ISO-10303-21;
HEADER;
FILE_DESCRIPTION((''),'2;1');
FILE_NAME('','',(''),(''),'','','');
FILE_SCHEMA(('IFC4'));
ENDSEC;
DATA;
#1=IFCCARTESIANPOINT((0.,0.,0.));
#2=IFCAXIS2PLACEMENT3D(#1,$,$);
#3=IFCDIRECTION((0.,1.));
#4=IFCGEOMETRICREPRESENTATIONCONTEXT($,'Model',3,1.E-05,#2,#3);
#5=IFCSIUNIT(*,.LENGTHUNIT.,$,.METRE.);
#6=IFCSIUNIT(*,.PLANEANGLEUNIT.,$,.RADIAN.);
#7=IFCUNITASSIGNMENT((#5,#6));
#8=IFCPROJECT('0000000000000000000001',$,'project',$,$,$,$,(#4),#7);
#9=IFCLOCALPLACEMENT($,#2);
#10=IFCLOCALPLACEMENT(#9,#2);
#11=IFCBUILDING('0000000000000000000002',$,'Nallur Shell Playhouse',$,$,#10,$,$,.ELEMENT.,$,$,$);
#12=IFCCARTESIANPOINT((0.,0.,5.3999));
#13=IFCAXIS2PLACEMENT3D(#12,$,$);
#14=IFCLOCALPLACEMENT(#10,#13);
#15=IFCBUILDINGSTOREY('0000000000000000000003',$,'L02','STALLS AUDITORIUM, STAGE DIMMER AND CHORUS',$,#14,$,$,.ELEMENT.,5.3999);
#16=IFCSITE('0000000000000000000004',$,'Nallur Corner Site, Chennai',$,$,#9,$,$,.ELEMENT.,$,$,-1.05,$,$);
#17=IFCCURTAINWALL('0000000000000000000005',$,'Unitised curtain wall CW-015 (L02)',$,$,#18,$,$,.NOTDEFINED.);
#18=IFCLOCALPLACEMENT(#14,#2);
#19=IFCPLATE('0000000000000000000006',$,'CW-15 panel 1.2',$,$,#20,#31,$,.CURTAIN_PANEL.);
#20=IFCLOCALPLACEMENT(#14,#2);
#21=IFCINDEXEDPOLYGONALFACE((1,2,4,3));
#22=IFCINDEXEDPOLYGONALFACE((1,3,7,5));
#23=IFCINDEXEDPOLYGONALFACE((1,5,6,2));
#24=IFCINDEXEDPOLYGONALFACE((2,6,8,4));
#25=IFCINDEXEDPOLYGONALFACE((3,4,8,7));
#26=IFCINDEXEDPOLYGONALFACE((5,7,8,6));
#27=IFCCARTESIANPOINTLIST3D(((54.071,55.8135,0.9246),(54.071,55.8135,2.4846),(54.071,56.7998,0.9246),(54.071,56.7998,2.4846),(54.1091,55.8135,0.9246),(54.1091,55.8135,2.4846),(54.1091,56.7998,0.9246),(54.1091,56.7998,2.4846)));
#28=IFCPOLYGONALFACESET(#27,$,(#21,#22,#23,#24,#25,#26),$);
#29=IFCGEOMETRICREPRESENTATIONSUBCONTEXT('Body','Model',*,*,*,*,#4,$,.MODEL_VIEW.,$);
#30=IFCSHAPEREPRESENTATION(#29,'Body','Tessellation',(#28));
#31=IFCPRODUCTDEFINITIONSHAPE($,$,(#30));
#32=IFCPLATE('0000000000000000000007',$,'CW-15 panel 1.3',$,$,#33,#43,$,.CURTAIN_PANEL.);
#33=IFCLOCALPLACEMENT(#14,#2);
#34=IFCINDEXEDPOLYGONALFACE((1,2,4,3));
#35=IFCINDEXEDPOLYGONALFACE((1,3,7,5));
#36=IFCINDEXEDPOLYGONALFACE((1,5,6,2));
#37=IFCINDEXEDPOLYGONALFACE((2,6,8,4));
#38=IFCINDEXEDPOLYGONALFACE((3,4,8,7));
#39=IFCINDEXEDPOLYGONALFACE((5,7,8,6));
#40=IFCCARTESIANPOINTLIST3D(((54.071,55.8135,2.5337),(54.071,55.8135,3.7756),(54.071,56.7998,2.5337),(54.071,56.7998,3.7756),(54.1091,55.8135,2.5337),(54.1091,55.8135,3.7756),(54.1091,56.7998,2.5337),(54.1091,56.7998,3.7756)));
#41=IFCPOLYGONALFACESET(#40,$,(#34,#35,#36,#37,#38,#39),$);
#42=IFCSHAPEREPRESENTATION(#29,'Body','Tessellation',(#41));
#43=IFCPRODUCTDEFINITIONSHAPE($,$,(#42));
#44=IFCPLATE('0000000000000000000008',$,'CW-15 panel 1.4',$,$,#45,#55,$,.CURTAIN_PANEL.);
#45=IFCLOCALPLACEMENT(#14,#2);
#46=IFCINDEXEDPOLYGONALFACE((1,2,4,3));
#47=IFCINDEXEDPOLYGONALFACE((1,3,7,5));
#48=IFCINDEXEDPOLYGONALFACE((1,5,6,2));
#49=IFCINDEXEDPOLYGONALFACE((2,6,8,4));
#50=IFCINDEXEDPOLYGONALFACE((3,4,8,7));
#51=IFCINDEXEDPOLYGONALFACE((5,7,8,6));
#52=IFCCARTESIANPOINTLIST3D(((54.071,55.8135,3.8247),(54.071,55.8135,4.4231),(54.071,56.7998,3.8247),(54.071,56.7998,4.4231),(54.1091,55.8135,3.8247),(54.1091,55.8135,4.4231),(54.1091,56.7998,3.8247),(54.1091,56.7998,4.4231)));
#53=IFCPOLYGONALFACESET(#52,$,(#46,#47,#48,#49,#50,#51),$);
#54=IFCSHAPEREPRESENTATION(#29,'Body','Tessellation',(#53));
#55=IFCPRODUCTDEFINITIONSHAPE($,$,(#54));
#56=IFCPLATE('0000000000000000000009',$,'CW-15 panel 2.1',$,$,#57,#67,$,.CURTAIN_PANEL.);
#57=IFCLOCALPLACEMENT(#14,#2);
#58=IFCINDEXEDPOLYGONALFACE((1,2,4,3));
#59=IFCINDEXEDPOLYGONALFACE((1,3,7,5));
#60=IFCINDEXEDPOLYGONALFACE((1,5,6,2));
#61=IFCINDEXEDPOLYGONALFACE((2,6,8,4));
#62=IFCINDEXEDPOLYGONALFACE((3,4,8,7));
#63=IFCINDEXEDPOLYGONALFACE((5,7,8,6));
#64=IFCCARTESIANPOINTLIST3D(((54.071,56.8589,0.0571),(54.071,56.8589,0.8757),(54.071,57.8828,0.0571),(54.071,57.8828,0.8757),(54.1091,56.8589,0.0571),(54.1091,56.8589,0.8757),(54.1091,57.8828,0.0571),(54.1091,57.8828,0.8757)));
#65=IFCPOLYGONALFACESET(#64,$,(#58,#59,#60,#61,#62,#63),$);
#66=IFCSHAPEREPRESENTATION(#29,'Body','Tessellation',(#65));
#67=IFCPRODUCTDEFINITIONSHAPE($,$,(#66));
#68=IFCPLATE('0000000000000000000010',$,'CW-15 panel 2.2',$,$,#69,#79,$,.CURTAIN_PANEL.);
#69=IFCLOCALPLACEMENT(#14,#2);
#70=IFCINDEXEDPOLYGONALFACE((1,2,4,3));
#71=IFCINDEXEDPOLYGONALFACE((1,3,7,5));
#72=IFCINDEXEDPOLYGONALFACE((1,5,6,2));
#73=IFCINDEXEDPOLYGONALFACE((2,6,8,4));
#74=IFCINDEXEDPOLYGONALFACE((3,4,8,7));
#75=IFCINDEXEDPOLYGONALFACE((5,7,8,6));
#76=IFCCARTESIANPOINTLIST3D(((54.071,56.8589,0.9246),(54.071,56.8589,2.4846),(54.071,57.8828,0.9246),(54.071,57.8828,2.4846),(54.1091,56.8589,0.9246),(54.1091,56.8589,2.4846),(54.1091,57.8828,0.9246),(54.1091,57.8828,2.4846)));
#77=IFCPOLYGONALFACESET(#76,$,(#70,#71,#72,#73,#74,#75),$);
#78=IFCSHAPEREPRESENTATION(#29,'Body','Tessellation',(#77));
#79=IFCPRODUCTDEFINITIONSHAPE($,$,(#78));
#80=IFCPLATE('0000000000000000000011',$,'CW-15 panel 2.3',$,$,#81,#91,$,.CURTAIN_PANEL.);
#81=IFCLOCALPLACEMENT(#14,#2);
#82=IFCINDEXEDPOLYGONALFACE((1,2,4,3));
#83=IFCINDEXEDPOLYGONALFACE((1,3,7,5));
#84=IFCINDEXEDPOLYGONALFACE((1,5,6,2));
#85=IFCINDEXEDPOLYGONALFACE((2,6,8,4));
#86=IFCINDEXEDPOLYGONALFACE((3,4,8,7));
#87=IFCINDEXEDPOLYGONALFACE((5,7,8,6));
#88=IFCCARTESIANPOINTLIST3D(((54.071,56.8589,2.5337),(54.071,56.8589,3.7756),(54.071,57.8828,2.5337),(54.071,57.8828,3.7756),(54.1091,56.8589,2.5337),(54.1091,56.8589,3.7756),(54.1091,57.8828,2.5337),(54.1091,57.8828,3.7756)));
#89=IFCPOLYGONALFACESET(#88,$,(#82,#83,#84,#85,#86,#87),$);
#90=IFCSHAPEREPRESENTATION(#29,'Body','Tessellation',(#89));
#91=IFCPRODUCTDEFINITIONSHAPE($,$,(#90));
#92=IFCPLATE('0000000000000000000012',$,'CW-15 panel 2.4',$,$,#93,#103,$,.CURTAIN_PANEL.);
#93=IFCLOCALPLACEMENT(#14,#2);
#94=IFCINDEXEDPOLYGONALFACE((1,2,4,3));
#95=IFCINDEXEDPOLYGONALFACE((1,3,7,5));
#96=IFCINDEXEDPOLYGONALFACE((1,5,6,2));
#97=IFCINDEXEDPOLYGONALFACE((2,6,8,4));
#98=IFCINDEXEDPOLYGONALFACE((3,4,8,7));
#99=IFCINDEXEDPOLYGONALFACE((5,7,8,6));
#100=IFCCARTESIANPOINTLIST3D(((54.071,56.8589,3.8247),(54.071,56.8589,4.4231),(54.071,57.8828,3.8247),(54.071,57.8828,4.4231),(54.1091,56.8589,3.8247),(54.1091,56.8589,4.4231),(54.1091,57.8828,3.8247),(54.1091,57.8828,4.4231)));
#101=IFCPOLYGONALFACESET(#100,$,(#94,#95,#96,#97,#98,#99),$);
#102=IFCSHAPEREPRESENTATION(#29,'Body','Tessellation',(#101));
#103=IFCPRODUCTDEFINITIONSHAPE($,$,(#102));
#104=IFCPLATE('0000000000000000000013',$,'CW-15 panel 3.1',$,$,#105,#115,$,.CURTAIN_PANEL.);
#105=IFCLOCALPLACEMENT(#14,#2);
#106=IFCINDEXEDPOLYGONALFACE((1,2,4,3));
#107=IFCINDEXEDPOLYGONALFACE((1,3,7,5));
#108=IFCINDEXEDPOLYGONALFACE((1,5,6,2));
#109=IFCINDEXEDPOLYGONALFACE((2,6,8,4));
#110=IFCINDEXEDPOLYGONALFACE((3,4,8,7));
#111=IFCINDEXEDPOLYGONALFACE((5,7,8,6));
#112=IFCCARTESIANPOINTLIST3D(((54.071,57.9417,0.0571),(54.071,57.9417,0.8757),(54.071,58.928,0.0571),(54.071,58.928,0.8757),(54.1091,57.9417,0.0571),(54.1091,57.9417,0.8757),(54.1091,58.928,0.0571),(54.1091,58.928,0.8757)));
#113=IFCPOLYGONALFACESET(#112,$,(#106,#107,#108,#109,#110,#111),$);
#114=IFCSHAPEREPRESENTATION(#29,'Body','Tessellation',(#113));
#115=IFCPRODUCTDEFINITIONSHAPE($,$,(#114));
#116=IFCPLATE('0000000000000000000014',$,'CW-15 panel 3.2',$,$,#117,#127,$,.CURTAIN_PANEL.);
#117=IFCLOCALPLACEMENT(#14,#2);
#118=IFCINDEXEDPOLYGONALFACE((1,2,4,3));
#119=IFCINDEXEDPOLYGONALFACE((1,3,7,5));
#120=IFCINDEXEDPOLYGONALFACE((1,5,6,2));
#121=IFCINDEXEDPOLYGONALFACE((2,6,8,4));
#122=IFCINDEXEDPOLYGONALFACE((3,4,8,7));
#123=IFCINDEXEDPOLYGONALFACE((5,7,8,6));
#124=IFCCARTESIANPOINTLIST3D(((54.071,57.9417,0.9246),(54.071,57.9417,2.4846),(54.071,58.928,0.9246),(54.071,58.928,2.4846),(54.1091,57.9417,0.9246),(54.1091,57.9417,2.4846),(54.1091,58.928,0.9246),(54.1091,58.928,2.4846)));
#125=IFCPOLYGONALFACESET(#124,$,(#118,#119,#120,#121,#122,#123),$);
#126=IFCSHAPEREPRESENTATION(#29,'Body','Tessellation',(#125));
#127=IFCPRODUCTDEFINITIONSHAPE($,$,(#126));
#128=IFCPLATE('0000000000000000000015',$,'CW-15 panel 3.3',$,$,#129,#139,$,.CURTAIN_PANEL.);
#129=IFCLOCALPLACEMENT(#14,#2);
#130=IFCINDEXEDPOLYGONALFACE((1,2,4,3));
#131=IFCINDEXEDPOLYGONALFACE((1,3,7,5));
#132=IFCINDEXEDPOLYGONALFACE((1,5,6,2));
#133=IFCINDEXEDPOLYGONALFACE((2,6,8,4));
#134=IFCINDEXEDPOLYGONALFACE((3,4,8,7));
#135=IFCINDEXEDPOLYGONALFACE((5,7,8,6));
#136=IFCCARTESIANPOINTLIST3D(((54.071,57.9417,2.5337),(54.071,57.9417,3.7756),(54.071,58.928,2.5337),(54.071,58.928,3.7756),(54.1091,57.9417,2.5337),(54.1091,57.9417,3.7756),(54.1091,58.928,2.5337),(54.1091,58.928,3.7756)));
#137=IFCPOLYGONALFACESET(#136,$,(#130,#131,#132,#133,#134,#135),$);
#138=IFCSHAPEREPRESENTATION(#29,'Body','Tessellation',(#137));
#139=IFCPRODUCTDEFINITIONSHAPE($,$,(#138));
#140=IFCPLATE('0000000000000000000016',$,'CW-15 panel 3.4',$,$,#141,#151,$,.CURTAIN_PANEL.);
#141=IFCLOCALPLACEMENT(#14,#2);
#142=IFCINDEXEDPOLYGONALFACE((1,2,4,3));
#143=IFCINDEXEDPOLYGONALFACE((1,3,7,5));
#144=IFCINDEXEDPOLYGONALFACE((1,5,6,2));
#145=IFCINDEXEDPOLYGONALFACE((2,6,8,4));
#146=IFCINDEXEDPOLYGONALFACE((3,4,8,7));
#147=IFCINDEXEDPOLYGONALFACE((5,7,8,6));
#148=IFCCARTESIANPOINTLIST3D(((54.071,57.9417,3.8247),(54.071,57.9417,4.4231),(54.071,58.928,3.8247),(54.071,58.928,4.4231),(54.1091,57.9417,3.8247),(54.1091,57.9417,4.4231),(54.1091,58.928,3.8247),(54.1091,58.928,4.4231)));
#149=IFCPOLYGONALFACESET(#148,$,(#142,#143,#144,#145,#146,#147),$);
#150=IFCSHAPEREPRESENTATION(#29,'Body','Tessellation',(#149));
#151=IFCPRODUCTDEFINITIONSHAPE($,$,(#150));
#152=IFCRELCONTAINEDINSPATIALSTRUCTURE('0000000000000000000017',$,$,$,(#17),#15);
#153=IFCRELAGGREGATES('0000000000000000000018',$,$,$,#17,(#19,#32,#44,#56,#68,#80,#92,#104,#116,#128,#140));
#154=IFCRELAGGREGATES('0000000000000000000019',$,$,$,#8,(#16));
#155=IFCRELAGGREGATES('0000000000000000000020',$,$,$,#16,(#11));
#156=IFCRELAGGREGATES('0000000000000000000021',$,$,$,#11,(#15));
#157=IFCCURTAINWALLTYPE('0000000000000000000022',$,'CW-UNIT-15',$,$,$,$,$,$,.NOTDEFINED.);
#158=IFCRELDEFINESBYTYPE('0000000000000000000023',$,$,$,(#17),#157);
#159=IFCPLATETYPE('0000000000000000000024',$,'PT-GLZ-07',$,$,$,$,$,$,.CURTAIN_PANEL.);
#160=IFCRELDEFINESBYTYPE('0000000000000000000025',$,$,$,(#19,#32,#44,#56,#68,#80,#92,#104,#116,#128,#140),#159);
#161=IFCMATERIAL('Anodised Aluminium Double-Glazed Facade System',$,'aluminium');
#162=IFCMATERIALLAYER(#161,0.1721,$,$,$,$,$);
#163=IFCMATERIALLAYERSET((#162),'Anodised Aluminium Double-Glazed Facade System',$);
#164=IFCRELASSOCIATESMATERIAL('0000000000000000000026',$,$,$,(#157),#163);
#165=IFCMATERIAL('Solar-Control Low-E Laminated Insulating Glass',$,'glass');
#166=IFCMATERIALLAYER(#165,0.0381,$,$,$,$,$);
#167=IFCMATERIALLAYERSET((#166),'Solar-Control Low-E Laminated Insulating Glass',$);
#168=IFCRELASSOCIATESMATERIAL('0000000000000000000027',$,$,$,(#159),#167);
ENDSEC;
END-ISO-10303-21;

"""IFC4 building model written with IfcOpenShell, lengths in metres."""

from ifc_helpers import new_model, si_unit, direction, frame, origin, origin_2d, place, context, subcontext, project, spatial, rectangle, extrude, material, layer, layer_set, type_object, element, aggregate, save


model = new_model("IFC4")

# Units and contexts
model_context = context("Model", 3, precision=1e-05, world=origin(), true_north=direction((0.0, 1.0)))
body_context = subcontext(model_context, "Body", "Model", "MODEL_VIEW")
ifc_project = project(units=[si_unit("LENGTHUNIT", "METRE"), si_unit("PLANEANGLEUNIT", "RADIAN")], contexts=[model_context])

# Site, building, storey
site_placement = place(None, origin())
site = spatial("IfcSite", under=ifc_project, at=site_placement, Name="Nallur Corner Site, Chennai", CompositionType="ELEMENT", RefElevation=-1.05)
building_placement = place(site_placement, origin())
building = spatial("IfcBuilding", under=site, at=building_placement, Name="Nallur Shell Playhouse", CompositionType="ELEMENT")
storey_placement = place(building_placement, frame((0.0, 0.0, 5.3999)))
storey = spatial("IfcBuildingStorey", under=building, at=storey_placement, Name="L02", Description="STALLS AUDITORIUM, STAGE DIMMER AND CHORUS", CompositionType="ELEMENT", Elevation=5.3999)

# Shared definitions
ifc_material_1 = material(Name="Anodised Aluminium Double-Glazed Facade System", Category="aluminium")

# Curtain wall
ifc_layer_1 = layer(ifc_material_1, 0.1721)
ifc_layer_set_1 = layer_set([ifc_layer_1], Name="Anodised Aluminium Double-Glazed Facade System")
curtain_wall_type_1 = type_object("IfcCurtainWallType", Name="CW-UNIT-15", PredefinedType="NOTDEFINED", material=ifc_layer_set_1)
curtain_wall_1_placement = place(storey_placement, origin())
curtain_wall_1 = element("IfcCurtainWall", 1, at=curtain_wall_1_placement, inside=storey, type_object=curtain_wall_type_1, Name="Unitised curtain wall CW-015 (L02)", PredefinedType="NOTDEFINED")

# Plates
ifc_material_2 = material(Name="Solar-Control Low-E Laminated Insulating Glass", Category="glass")
ifc_layer_2 = layer(ifc_material_2, 0.0381)
ifc_layer_set_2 = layer_set([ifc_layer_2], Name="Solar-Control Low-E Laminated Insulating Glass")
plate_type_1 = type_object("IfcPlateType", Name="PT-GLZ-07", PredefinedType="CURTAIN_PANEL", material=ifc_layer_set_2)
plate_1_placement = place(storey_placement, frame((54.0901, 56.3066, 0.9246), z_axis=(0.0, 0.0, 1.0), x_axis=(0.0, 1.0, 0.0)))
plate_1 = element("IfcPlate", 2, at=plate_1_placement, type_object=plate_type_1, Name="CW-15 panel 1.2", PredefinedType="CURTAIN_PANEL", context=body_context, shape_type="SweptSolid", body=[
    extrude(rectangle(XDim=0.9863, YDim=0.0381, at=origin_2d()), origin(), (0.0, 0.0, 1.0), 1.5601),
])
plate_2_placement = place(storey_placement, frame((54.0901, 56.3066, 2.5337), z_axis=(0.0, 0.0, 1.0), x_axis=(0.0, 1.0, 0.0)))
plate_2 = element("IfcPlate", 3, at=plate_2_placement, type_object=plate_type_1, Name="CW-15 panel 1.3", PredefinedType="CURTAIN_PANEL", context=body_context, shape_type="SweptSolid", body=[
    extrude(rectangle(XDim=0.9863, YDim=0.0381, at=origin_2d()), origin(), (0.0, 0.0, 1.0), 1.2419),
])
plate_3_placement = place(storey_placement, frame((54.0901, 56.3066, 3.8247), z_axis=(0.0, 0.0, 1.0), x_axis=(0.0, 1.0, 0.0)))
plate_3 = element("IfcPlate", 4, at=plate_3_placement, type_object=plate_type_1, Name="CW-15 panel 1.4", PredefinedType="CURTAIN_PANEL", context=body_context, shape_type="SweptSolid", body=[
    extrude(rectangle(XDim=0.9863, YDim=0.0381, at=origin_2d()), origin(), (0.0, 0.0, 1.0), 0.5984),
])
plate_4_placement = place(storey_placement, frame((54.0901, 57.3708, 0.0571), z_axis=(0.0, 0.0, 1.0), x_axis=(0.0, 1.0, 0.0)))
plate_4 = element("IfcPlate", 5, at=plate_4_placement, type_object=plate_type_1, Name="CW-15 panel 2.1", PredefinedType="CURTAIN_PANEL", context=body_context, shape_type="SweptSolid", body=[
    extrude(rectangle(XDim=1.0239, YDim=0.0381, at=origin_2d()), origin(), (0.0, 0.0, 1.0), 0.8186),
])
plate_5_placement = place(storey_placement, frame((54.0901, 57.3708, 0.9246), z_axis=(0.0, 0.0, 1.0), x_axis=(0.0, 1.0, 0.0)))
plate_5 = element("IfcPlate", 6, at=plate_5_placement, type_object=plate_type_1, Name="CW-15 panel 2.2", PredefinedType="CURTAIN_PANEL", context=body_context, shape_type="SweptSolid", body=[
    extrude(rectangle(XDim=1.0239, YDim=0.0381, at=origin_2d()), origin(), (0.0, 0.0, 1.0), 1.5601),
])
plate_6_placement = place(storey_placement, frame((54.0901, 57.3708, 2.5337), z_axis=(0.0, 0.0, 1.0), x_axis=(0.0, 1.0, 0.0)))
plate_6 = element("IfcPlate", 7, at=plate_6_placement, type_object=plate_type_1, Name="CW-15 panel 2.3", PredefinedType="CURTAIN_PANEL", context=body_context, shape_type="SweptSolid", body=[
    extrude(rectangle(XDim=1.0239, YDim=0.0381, at=origin_2d()), origin(), (0.0, 0.0, 1.0), 1.2419),
])
plate_7_placement = place(storey_placement, frame((54.0901, 57.3708, 3.8247), z_axis=(0.0, 0.0, 1.0), x_axis=(0.0, 1.0, 0.0)))
plate_7 = element("IfcPlate", 8, at=plate_7_placement, type_object=plate_type_1, Name="CW-15 panel 2.4", PredefinedType="CURTAIN_PANEL", context=body_context, shape_type="SweptSolid", body=[
    extrude(rectangle(XDim=1.0239, YDim=0.0381, at=origin_2d()), origin(), (0.0, 0.0, 1.0), 0.5984),
])
plate_8_placement = place(storey_placement, frame((54.0901, 58.4348, 0.0571), z_axis=(0.0, 0.0, 1.0), x_axis=(0.0, 1.0, 0.0)))
plate_8 = element("IfcPlate", 9, at=plate_8_placement, type_object=plate_type_1, Name="CW-15 panel 3.1", PredefinedType="CURTAIN_PANEL", context=body_context, shape_type="SweptSolid", body=[
    extrude(rectangle(XDim=0.9863, YDim=0.0381, at=origin_2d()), origin(), (0.0, 0.0, 1.0), 0.8186),
])
plate_9_placement = place(storey_placement, frame((54.0901, 58.4348, 0.9246), z_axis=(0.0, 0.0, 1.0), x_axis=(0.0, 1.0, 0.0)))
plate_9 = element("IfcPlate", 10, at=plate_9_placement, type_object=plate_type_1, Name="CW-15 panel 3.2", PredefinedType="CURTAIN_PANEL", context=body_context, shape_type="SweptSolid", body=[
    extrude(rectangle(XDim=0.9863, YDim=0.0381, at=origin_2d()), origin(), (0.0, 0.0, 1.0), 1.5601),
])
plate_10_placement = place(storey_placement, frame((54.0901, 58.4348, 2.5337), z_axis=(0.0, 0.0, 1.0), x_axis=(0.0, 1.0, 0.0)))
plate_10 = element("IfcPlate", 11, at=plate_10_placement, type_object=plate_type_1, Name="CW-15 panel 3.3", PredefinedType="CURTAIN_PANEL", context=body_context, shape_type="SweptSolid", body=[
    extrude(rectangle(XDim=0.9863, YDim=0.0381, at=origin_2d()), origin(), (0.0, 0.0, 1.0), 1.2419),
])
plate_11_placement = place(storey_placement, frame((54.0901, 58.4348, 3.8247), z_axis=(0.0, 0.0, 1.0), x_axis=(0.0, 1.0, 0.0)))
plate_11 = element("IfcPlate", 12, at=plate_11_placement, type_object=plate_type_1, Name="CW-15 panel 3.4", PredefinedType="CURTAIN_PANEL", context=body_context, shape_type="SweptSolid", body=[
    extrude(rectangle(XDim=0.9863, YDim=0.0381, at=origin_2d()), origin(), (0.0, 0.0, 1.0), 0.5984),
])
aggregate(curtain_wall_1, [plate_1, plate_2, plate_3, plate_4, plate_5, plate_6, plate_7, plate_8, plate_9, plate_10, plate_11])

save(model, "model.ifc")
